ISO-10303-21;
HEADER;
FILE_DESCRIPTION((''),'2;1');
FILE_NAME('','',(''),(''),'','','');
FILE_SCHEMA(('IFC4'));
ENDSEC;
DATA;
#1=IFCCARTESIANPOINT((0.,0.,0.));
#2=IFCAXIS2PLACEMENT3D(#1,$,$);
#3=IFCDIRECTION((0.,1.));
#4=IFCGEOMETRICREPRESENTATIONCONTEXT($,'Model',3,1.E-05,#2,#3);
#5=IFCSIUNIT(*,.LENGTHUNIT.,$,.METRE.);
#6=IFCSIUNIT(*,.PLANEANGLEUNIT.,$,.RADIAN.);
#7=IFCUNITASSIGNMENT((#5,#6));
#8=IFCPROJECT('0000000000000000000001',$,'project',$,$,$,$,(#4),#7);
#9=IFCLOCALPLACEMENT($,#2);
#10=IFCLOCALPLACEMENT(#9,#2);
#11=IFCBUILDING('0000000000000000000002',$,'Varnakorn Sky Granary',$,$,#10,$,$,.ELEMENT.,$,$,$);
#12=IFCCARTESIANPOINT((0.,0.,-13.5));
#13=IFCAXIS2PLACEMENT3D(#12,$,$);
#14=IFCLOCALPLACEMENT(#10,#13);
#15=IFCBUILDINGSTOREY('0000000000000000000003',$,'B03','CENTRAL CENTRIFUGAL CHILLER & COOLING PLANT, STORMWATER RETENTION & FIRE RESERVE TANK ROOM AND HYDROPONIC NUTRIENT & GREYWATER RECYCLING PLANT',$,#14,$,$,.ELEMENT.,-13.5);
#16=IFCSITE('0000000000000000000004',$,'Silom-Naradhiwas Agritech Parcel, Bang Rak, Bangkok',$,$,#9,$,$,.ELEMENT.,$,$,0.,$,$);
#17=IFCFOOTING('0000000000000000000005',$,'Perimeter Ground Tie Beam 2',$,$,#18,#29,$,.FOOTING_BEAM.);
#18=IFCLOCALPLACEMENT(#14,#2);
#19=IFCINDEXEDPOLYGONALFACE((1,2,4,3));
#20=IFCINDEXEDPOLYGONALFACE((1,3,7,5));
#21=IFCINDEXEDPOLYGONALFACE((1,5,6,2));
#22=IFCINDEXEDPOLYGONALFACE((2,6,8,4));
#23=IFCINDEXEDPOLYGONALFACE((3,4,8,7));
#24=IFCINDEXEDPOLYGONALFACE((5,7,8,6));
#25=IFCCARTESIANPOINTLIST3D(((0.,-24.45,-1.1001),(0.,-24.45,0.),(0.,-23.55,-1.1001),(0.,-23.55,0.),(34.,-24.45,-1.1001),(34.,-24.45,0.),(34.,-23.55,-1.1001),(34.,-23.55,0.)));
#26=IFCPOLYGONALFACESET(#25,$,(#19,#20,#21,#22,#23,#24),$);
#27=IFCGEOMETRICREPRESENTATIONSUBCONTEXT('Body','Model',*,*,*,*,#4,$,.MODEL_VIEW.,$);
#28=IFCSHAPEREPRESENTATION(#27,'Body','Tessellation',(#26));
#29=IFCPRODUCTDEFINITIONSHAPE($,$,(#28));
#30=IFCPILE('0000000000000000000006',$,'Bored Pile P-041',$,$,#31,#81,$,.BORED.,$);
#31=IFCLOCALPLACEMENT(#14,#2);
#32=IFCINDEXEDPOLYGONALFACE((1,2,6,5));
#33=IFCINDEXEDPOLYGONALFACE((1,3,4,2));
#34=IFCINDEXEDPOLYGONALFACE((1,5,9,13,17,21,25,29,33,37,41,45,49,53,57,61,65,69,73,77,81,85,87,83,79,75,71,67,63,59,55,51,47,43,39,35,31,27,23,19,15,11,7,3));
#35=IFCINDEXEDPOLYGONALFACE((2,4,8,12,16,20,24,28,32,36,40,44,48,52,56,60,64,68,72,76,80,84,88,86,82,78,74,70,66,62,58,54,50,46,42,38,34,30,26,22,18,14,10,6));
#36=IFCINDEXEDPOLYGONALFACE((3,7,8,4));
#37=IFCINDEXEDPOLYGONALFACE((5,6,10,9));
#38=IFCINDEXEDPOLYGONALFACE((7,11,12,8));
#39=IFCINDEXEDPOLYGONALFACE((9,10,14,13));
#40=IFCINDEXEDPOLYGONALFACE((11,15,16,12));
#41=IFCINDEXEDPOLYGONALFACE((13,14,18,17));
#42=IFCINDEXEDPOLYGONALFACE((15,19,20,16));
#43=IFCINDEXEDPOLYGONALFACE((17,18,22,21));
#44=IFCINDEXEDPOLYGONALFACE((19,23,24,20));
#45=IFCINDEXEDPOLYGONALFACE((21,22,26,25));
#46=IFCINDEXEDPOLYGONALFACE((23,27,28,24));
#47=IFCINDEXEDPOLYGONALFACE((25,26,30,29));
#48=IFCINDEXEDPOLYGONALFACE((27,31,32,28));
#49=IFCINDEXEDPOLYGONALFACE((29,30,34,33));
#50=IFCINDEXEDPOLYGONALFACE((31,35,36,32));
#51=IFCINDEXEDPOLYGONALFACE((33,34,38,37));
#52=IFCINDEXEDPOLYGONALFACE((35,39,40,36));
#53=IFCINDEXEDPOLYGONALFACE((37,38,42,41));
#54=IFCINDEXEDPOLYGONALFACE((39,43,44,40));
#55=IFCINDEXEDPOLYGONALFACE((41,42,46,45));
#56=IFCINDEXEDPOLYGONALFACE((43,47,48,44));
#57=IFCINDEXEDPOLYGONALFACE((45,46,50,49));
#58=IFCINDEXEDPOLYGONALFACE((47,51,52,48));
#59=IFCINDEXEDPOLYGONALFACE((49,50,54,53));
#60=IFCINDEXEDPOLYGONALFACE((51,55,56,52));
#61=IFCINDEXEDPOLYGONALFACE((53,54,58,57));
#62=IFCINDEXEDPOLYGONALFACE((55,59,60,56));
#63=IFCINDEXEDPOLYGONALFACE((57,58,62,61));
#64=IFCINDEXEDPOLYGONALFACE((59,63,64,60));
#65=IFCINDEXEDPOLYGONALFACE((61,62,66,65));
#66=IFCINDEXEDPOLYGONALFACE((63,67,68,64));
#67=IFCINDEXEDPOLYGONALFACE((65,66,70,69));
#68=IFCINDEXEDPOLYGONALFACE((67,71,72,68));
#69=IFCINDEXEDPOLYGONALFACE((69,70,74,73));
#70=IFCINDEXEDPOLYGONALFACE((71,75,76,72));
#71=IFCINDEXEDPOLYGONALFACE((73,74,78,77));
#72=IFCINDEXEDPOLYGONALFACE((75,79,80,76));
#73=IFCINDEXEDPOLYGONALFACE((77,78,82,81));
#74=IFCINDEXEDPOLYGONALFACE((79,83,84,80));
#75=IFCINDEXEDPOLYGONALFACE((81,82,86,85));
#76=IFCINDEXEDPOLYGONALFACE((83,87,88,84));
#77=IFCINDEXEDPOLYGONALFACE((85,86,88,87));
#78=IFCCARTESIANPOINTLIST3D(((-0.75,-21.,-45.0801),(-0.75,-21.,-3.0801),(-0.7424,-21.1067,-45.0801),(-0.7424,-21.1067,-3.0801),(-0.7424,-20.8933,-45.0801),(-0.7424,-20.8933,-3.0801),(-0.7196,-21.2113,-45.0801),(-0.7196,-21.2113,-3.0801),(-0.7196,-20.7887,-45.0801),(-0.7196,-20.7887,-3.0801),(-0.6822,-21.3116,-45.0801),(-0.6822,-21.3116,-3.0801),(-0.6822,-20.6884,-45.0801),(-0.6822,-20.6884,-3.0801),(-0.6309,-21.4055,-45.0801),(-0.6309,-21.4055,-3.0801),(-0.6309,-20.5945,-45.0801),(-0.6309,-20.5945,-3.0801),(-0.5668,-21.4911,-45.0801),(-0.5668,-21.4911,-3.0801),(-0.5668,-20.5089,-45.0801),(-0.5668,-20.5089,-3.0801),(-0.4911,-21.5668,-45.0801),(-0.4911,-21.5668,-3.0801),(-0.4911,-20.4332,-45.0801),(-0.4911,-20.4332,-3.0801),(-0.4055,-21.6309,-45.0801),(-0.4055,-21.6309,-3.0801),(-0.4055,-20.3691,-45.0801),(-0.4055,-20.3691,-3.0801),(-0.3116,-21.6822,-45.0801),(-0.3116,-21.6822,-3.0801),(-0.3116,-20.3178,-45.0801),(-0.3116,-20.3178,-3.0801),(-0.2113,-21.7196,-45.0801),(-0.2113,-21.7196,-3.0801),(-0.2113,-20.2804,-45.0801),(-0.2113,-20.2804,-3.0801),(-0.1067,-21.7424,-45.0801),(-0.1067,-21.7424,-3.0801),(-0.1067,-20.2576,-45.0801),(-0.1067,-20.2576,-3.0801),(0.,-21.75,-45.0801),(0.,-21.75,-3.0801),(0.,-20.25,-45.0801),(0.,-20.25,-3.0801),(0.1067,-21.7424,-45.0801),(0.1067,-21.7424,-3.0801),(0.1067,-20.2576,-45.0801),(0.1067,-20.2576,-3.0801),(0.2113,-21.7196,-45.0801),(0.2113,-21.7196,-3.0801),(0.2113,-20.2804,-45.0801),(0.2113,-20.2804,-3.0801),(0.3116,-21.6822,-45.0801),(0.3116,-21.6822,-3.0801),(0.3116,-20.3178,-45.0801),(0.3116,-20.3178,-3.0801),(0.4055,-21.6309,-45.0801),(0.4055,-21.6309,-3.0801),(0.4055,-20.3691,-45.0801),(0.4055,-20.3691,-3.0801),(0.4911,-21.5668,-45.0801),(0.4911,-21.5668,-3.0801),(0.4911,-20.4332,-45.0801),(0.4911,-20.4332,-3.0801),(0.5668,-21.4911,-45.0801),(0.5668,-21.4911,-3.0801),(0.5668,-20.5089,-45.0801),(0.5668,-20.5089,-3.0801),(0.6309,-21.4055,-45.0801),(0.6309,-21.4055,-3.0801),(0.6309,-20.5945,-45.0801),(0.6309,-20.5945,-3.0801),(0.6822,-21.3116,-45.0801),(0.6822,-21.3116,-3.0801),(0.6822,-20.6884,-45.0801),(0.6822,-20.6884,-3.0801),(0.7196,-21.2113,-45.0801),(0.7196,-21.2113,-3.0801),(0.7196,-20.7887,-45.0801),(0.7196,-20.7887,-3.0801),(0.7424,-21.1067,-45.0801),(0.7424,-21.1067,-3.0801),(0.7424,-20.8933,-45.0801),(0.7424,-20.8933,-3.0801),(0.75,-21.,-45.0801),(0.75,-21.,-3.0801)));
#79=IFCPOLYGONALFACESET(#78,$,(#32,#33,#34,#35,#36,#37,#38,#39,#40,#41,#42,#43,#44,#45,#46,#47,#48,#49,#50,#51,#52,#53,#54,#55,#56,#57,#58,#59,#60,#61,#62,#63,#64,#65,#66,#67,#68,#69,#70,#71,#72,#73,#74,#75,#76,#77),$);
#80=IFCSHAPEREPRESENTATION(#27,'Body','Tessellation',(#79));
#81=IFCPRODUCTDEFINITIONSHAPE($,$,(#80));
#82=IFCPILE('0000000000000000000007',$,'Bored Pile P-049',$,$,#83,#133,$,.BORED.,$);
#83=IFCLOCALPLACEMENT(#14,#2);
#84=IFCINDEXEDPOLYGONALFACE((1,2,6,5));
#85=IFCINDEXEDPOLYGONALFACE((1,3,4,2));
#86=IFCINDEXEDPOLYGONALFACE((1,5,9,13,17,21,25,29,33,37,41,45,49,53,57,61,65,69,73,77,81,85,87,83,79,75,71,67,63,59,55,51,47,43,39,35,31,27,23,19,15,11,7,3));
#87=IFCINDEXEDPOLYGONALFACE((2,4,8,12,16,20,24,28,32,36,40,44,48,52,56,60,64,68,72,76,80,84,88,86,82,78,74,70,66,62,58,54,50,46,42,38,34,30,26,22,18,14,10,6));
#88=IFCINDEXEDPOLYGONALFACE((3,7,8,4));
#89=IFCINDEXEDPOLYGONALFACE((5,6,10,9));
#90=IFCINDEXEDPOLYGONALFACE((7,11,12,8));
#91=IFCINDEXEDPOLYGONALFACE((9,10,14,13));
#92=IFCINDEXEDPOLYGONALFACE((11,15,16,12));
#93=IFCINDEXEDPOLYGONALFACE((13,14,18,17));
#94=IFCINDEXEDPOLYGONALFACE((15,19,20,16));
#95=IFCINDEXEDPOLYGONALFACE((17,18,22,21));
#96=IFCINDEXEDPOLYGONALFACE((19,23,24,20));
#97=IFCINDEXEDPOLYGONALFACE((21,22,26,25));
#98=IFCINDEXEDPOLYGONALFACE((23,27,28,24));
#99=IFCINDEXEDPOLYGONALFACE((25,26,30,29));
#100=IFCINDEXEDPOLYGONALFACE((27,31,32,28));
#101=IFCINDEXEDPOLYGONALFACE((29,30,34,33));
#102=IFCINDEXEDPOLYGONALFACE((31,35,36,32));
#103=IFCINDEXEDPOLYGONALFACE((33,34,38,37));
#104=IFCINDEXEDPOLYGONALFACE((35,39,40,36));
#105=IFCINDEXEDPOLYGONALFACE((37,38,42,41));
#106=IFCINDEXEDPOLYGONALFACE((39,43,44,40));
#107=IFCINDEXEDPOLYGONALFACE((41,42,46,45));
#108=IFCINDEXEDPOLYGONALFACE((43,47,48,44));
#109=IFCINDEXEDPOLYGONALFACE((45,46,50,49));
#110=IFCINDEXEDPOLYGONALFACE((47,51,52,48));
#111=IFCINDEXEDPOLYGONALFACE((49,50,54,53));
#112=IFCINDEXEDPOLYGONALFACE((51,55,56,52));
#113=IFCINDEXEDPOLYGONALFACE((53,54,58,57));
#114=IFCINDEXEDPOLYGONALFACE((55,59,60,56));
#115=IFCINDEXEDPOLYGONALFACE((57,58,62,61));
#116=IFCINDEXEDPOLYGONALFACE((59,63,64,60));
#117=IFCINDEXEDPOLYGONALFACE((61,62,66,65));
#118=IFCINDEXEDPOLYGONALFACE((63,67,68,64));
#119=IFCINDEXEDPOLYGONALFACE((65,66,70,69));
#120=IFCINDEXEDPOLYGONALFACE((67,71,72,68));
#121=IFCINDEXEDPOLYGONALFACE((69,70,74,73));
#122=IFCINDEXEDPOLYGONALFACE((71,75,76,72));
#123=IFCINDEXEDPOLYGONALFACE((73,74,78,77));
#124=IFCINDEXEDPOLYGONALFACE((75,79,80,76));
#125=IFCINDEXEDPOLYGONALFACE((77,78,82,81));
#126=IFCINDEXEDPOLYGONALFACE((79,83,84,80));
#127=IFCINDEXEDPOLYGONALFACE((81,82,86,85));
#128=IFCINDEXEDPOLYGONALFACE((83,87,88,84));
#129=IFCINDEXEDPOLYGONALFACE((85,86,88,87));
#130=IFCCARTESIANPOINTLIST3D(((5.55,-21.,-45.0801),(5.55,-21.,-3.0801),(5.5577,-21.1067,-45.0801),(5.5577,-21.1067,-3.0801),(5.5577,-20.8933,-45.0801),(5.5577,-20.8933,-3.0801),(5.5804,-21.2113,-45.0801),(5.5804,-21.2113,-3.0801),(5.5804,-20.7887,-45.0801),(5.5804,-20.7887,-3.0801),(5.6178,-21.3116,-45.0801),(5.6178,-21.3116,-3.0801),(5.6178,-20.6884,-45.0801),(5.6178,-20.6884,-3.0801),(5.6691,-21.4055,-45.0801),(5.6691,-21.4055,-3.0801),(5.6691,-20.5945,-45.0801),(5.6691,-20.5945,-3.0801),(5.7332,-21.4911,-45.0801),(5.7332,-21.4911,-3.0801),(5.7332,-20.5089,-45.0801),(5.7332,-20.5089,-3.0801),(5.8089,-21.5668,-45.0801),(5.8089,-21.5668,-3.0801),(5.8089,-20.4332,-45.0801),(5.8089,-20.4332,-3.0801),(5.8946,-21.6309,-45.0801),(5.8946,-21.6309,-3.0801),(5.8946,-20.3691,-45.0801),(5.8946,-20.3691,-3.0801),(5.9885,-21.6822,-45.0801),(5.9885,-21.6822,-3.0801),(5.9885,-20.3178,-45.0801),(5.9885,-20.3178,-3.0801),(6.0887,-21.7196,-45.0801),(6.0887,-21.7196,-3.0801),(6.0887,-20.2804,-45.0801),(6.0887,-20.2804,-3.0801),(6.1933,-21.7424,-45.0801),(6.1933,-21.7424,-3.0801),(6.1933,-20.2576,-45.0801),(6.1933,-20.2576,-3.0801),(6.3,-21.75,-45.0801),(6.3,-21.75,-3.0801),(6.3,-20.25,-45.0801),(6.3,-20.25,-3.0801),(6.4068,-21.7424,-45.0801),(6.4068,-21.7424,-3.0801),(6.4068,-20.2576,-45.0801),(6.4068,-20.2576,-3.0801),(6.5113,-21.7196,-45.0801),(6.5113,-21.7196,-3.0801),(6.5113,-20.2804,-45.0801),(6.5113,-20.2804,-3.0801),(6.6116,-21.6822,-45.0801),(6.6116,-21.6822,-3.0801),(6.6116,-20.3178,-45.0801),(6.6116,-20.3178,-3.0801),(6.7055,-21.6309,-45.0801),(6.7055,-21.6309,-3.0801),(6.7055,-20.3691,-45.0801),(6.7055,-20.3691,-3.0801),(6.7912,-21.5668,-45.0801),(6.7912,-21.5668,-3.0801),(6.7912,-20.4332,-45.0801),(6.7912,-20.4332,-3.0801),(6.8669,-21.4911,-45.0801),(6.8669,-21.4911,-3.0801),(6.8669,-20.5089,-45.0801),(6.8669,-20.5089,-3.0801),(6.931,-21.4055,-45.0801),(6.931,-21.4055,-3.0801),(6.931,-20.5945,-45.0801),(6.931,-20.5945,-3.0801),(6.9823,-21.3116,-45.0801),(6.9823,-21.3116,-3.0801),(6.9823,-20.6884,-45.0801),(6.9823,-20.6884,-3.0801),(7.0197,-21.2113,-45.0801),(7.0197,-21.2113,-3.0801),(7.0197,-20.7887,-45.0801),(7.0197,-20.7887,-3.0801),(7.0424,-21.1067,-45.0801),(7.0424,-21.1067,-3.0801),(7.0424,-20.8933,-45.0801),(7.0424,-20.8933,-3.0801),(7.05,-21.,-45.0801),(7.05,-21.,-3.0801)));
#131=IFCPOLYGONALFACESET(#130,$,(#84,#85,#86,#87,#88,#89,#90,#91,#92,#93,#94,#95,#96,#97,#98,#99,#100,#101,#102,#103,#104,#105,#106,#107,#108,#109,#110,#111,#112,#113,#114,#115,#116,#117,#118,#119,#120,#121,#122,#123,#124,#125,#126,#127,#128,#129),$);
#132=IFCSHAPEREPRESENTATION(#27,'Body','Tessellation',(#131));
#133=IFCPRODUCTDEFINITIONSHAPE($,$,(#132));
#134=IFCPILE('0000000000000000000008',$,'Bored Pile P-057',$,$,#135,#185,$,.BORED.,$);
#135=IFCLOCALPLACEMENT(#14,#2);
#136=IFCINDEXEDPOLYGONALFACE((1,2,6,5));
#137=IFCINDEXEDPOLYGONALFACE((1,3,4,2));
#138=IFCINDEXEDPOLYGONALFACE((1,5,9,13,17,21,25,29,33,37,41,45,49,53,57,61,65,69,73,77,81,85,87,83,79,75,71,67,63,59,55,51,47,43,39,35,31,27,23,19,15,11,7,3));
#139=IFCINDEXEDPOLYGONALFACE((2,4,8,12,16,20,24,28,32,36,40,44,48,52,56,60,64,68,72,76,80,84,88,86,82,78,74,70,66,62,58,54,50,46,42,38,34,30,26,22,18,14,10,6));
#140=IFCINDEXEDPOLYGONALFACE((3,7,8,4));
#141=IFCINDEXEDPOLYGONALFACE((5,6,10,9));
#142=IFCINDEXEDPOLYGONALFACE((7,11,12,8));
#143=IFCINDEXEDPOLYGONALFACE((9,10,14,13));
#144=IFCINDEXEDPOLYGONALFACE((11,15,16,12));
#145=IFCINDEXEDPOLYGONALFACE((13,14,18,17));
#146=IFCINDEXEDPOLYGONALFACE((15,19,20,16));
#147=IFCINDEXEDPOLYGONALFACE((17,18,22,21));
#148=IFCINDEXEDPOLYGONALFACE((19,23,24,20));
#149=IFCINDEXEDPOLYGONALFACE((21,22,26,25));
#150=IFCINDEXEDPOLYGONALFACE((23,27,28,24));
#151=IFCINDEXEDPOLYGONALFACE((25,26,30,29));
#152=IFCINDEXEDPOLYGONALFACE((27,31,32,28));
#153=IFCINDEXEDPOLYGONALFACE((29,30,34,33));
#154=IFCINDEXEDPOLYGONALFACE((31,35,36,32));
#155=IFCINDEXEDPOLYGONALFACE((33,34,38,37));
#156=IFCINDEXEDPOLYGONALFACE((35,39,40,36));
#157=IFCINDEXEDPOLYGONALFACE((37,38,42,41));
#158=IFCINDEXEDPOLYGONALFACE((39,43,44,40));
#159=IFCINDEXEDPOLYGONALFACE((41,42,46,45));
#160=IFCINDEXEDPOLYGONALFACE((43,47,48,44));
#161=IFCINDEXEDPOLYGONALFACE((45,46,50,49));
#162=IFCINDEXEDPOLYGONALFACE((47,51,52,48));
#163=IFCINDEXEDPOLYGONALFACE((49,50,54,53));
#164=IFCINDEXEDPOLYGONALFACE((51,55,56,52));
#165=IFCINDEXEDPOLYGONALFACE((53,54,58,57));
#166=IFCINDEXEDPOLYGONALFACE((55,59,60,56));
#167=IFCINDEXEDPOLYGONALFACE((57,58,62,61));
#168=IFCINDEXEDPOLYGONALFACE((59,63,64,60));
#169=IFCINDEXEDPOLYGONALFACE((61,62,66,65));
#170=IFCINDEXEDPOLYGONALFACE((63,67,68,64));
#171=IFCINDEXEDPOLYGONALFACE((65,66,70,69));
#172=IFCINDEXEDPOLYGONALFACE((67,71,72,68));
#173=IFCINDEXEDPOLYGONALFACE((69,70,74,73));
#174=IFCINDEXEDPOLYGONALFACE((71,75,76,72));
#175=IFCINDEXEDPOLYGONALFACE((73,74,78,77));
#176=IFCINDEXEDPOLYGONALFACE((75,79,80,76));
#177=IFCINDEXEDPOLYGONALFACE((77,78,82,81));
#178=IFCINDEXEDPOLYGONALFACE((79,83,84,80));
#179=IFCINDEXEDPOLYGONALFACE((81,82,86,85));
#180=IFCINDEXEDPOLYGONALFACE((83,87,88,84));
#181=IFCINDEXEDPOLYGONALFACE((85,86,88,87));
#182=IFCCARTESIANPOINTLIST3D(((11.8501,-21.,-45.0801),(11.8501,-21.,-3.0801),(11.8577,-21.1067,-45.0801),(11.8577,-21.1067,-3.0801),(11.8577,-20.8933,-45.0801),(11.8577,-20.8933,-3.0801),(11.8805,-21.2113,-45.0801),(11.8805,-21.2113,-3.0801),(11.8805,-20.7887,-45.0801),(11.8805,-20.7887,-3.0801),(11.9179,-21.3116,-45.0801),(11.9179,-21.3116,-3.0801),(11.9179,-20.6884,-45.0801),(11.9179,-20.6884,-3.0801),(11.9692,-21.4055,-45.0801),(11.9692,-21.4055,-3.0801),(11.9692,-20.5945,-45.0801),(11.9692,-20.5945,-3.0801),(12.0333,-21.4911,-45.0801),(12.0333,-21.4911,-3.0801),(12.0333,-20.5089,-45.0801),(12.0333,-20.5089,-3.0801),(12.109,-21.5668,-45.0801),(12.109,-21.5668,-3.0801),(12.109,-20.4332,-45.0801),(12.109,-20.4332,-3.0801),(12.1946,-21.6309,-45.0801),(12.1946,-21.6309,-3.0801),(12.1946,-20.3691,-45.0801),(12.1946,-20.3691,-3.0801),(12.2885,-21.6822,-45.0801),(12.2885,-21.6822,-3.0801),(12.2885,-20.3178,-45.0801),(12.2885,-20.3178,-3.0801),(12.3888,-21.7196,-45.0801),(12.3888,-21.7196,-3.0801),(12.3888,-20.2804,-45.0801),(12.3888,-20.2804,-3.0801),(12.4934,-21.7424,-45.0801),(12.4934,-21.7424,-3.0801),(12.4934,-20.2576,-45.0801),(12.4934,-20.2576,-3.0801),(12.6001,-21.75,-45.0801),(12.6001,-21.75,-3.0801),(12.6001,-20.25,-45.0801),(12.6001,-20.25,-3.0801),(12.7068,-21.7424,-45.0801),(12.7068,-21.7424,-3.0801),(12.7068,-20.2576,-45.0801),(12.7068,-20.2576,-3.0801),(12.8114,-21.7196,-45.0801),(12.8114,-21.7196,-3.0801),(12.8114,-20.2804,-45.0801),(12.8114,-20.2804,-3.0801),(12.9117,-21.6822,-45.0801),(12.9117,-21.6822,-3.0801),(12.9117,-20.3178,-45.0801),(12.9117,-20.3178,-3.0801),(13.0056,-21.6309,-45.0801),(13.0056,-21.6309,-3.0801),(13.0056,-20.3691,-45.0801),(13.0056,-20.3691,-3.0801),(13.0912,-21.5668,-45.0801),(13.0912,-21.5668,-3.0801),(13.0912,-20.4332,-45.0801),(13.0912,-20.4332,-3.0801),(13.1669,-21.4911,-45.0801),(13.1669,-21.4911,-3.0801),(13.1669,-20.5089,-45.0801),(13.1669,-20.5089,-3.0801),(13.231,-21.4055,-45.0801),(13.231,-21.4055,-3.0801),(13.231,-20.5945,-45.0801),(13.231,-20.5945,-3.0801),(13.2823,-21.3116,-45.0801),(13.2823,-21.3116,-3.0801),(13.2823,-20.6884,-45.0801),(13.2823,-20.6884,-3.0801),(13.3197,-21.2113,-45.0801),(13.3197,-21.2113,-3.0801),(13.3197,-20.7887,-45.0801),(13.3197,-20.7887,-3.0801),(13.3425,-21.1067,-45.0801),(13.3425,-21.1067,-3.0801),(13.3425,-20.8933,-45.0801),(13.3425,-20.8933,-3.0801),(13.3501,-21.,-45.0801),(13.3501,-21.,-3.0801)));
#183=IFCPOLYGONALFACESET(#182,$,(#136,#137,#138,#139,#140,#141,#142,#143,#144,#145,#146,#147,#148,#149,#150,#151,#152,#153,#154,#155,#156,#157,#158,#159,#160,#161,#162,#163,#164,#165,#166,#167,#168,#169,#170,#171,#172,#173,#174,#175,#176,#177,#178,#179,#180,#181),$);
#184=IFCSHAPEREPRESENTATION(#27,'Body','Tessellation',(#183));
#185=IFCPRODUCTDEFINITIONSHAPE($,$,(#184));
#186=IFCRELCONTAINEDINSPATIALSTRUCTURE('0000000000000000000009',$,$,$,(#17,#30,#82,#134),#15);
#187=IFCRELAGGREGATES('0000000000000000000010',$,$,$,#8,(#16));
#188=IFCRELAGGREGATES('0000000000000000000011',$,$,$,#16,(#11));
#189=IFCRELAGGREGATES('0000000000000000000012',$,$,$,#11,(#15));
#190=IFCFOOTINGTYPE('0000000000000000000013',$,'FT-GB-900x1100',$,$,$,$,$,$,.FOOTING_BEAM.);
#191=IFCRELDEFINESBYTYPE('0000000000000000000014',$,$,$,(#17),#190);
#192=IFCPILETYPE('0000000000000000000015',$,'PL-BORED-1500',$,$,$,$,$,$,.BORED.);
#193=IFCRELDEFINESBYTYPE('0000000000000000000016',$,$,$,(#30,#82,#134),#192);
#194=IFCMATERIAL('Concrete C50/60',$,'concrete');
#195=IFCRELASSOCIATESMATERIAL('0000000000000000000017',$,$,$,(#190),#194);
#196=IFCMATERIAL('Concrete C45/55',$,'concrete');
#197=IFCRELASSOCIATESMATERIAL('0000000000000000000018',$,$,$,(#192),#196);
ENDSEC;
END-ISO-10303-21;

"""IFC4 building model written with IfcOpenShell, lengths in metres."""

from ifc_helpers import new_model, si_unit, direction, frame, origin, origin_2d, place, context, subcontext, project, spatial, rectangle, circle, extrude, material, material_profile, profile_set, type_object, element, save


model = new_model("IFC4")

# Units and contexts
model_context = context("Model", 3, precision=1e-05, world=origin(), true_north=direction((0.0, 1.0)))
body_context = subcontext(model_context, "Body", "Model", "MODEL_VIEW")
ifc_project = project(units=[si_unit("LENGTHUNIT", "METRE"), si_unit("PLANEANGLEUNIT", "RADIAN")], contexts=[model_context])

# Site, building, storey
site_placement = place(None, origin())
site = spatial("IfcSite", under=ifc_project, at=site_placement, Name="Silom-Naradhiwas Agritech Parcel, Bang Rak, Bangkok", CompositionType="ELEMENT", RefElevation=0.0)
building_placement = place(site_placement, origin())
building = spatial("IfcBuilding", under=site, at=building_placement, Name="Varnakorn Sky Granary", CompositionType="ELEMENT")
storey_placement = place(building_placement, frame((0.0, 0.0, -13.5)))
storey = spatial("IfcBuildingStorey", under=building, at=storey_placement, Name="B03", Description="CENTRAL CENTRIFUGAL CHILLER & COOLING PLANT, STORMWATER RETENTION & FIRE RESERVE TANK ROOM AND HYDROPONIC NUTRIENT & GREYWATER RECYCLING PLANT", CompositionType="ELEMENT", Elevation=-13.5)

# Footing
ifc_material_1 = material(Name="Concrete C50/60", Category="concrete")
ifc_material_profile_1 = material_profile(ifc_material_1, rectangle(XDim=0.8999, YDim=1.1001, at=origin_2d()), Name="RC 900x1100")
ifc_profile_set_1 = profile_set([ifc_material_profile_1], Name="Concrete C50/60")
footing_type = type_object("IfcFootingType", Name="FT-GB-900x1100", PredefinedType="FOOTING_BEAM", material=ifc_profile_set_1)
footing_placement = place(storey_placement, frame((0.0, -24.0, -0.55), z_axis=(1.0, 0.0, 0.0), x_axis=(0.0, 1.0, 0.0)))
element("IfcFooting", 1, at=footing_placement, inside=storey, type_object=footing_type, Name="Perimeter Ground Tie Beam 2", PredefinedType="FOOTING_BEAM", context=body_context, shape_type="SweptSolid", body=[
    extrude(rectangle(XDim=0.8999, YDim=1.1001, at=origin_2d()), origin(), (0.0, 0.0, 1.0), 34.0),
])

# Piles
ifc_material_2 = material(Name="Concrete C45/55", Category="concrete")
ifc_material_profile_2 = material_profile(ifc_material_2, circle(Radius=0.75, at=origin_2d()), Name="PILE D1500")
ifc_profile_set_2 = profile_set([ifc_material_profile_2], Name="Concrete C45/55")
pile_type_1 = type_object("IfcPileType", Name="PL-BORED-1500", PredefinedType="BORED", material=ifc_profile_set_2)
for number, where, z_axis, x_axis, name in (
    (2, (0.0, -21.0, -3.0801), (0.0, 0.0, -1.0), (1.0, 0.0, 0.0), "Bored Pile P-041"),
    (3, (6.3, -21.0, -3.0801), (0.0, 0.0, -1.0), (1.0, 0.0, 0.0), "Bored Pile P-049"),
    (4, (12.6001, -21.0, -3.0801), (0.0, 0.0, -1.0), (1.0, 0.0, 0.0), "Bored Pile P-057"),
):
    element("IfcPile", number, at=place(storey_placement, frame(where, z_axis=z_axis, x_axis=x_axis)), inside=storey, type_object=pile_type_1, Name=name, PredefinedType="BORED", context=body_context, shape_type="SweptSolid", body=[
        extrude(circle(Radius=0.75, at=origin_2d()), origin(), (0.0, 0.0, 1.0), 42.0),
    ])

save(model, "model.ifc")
